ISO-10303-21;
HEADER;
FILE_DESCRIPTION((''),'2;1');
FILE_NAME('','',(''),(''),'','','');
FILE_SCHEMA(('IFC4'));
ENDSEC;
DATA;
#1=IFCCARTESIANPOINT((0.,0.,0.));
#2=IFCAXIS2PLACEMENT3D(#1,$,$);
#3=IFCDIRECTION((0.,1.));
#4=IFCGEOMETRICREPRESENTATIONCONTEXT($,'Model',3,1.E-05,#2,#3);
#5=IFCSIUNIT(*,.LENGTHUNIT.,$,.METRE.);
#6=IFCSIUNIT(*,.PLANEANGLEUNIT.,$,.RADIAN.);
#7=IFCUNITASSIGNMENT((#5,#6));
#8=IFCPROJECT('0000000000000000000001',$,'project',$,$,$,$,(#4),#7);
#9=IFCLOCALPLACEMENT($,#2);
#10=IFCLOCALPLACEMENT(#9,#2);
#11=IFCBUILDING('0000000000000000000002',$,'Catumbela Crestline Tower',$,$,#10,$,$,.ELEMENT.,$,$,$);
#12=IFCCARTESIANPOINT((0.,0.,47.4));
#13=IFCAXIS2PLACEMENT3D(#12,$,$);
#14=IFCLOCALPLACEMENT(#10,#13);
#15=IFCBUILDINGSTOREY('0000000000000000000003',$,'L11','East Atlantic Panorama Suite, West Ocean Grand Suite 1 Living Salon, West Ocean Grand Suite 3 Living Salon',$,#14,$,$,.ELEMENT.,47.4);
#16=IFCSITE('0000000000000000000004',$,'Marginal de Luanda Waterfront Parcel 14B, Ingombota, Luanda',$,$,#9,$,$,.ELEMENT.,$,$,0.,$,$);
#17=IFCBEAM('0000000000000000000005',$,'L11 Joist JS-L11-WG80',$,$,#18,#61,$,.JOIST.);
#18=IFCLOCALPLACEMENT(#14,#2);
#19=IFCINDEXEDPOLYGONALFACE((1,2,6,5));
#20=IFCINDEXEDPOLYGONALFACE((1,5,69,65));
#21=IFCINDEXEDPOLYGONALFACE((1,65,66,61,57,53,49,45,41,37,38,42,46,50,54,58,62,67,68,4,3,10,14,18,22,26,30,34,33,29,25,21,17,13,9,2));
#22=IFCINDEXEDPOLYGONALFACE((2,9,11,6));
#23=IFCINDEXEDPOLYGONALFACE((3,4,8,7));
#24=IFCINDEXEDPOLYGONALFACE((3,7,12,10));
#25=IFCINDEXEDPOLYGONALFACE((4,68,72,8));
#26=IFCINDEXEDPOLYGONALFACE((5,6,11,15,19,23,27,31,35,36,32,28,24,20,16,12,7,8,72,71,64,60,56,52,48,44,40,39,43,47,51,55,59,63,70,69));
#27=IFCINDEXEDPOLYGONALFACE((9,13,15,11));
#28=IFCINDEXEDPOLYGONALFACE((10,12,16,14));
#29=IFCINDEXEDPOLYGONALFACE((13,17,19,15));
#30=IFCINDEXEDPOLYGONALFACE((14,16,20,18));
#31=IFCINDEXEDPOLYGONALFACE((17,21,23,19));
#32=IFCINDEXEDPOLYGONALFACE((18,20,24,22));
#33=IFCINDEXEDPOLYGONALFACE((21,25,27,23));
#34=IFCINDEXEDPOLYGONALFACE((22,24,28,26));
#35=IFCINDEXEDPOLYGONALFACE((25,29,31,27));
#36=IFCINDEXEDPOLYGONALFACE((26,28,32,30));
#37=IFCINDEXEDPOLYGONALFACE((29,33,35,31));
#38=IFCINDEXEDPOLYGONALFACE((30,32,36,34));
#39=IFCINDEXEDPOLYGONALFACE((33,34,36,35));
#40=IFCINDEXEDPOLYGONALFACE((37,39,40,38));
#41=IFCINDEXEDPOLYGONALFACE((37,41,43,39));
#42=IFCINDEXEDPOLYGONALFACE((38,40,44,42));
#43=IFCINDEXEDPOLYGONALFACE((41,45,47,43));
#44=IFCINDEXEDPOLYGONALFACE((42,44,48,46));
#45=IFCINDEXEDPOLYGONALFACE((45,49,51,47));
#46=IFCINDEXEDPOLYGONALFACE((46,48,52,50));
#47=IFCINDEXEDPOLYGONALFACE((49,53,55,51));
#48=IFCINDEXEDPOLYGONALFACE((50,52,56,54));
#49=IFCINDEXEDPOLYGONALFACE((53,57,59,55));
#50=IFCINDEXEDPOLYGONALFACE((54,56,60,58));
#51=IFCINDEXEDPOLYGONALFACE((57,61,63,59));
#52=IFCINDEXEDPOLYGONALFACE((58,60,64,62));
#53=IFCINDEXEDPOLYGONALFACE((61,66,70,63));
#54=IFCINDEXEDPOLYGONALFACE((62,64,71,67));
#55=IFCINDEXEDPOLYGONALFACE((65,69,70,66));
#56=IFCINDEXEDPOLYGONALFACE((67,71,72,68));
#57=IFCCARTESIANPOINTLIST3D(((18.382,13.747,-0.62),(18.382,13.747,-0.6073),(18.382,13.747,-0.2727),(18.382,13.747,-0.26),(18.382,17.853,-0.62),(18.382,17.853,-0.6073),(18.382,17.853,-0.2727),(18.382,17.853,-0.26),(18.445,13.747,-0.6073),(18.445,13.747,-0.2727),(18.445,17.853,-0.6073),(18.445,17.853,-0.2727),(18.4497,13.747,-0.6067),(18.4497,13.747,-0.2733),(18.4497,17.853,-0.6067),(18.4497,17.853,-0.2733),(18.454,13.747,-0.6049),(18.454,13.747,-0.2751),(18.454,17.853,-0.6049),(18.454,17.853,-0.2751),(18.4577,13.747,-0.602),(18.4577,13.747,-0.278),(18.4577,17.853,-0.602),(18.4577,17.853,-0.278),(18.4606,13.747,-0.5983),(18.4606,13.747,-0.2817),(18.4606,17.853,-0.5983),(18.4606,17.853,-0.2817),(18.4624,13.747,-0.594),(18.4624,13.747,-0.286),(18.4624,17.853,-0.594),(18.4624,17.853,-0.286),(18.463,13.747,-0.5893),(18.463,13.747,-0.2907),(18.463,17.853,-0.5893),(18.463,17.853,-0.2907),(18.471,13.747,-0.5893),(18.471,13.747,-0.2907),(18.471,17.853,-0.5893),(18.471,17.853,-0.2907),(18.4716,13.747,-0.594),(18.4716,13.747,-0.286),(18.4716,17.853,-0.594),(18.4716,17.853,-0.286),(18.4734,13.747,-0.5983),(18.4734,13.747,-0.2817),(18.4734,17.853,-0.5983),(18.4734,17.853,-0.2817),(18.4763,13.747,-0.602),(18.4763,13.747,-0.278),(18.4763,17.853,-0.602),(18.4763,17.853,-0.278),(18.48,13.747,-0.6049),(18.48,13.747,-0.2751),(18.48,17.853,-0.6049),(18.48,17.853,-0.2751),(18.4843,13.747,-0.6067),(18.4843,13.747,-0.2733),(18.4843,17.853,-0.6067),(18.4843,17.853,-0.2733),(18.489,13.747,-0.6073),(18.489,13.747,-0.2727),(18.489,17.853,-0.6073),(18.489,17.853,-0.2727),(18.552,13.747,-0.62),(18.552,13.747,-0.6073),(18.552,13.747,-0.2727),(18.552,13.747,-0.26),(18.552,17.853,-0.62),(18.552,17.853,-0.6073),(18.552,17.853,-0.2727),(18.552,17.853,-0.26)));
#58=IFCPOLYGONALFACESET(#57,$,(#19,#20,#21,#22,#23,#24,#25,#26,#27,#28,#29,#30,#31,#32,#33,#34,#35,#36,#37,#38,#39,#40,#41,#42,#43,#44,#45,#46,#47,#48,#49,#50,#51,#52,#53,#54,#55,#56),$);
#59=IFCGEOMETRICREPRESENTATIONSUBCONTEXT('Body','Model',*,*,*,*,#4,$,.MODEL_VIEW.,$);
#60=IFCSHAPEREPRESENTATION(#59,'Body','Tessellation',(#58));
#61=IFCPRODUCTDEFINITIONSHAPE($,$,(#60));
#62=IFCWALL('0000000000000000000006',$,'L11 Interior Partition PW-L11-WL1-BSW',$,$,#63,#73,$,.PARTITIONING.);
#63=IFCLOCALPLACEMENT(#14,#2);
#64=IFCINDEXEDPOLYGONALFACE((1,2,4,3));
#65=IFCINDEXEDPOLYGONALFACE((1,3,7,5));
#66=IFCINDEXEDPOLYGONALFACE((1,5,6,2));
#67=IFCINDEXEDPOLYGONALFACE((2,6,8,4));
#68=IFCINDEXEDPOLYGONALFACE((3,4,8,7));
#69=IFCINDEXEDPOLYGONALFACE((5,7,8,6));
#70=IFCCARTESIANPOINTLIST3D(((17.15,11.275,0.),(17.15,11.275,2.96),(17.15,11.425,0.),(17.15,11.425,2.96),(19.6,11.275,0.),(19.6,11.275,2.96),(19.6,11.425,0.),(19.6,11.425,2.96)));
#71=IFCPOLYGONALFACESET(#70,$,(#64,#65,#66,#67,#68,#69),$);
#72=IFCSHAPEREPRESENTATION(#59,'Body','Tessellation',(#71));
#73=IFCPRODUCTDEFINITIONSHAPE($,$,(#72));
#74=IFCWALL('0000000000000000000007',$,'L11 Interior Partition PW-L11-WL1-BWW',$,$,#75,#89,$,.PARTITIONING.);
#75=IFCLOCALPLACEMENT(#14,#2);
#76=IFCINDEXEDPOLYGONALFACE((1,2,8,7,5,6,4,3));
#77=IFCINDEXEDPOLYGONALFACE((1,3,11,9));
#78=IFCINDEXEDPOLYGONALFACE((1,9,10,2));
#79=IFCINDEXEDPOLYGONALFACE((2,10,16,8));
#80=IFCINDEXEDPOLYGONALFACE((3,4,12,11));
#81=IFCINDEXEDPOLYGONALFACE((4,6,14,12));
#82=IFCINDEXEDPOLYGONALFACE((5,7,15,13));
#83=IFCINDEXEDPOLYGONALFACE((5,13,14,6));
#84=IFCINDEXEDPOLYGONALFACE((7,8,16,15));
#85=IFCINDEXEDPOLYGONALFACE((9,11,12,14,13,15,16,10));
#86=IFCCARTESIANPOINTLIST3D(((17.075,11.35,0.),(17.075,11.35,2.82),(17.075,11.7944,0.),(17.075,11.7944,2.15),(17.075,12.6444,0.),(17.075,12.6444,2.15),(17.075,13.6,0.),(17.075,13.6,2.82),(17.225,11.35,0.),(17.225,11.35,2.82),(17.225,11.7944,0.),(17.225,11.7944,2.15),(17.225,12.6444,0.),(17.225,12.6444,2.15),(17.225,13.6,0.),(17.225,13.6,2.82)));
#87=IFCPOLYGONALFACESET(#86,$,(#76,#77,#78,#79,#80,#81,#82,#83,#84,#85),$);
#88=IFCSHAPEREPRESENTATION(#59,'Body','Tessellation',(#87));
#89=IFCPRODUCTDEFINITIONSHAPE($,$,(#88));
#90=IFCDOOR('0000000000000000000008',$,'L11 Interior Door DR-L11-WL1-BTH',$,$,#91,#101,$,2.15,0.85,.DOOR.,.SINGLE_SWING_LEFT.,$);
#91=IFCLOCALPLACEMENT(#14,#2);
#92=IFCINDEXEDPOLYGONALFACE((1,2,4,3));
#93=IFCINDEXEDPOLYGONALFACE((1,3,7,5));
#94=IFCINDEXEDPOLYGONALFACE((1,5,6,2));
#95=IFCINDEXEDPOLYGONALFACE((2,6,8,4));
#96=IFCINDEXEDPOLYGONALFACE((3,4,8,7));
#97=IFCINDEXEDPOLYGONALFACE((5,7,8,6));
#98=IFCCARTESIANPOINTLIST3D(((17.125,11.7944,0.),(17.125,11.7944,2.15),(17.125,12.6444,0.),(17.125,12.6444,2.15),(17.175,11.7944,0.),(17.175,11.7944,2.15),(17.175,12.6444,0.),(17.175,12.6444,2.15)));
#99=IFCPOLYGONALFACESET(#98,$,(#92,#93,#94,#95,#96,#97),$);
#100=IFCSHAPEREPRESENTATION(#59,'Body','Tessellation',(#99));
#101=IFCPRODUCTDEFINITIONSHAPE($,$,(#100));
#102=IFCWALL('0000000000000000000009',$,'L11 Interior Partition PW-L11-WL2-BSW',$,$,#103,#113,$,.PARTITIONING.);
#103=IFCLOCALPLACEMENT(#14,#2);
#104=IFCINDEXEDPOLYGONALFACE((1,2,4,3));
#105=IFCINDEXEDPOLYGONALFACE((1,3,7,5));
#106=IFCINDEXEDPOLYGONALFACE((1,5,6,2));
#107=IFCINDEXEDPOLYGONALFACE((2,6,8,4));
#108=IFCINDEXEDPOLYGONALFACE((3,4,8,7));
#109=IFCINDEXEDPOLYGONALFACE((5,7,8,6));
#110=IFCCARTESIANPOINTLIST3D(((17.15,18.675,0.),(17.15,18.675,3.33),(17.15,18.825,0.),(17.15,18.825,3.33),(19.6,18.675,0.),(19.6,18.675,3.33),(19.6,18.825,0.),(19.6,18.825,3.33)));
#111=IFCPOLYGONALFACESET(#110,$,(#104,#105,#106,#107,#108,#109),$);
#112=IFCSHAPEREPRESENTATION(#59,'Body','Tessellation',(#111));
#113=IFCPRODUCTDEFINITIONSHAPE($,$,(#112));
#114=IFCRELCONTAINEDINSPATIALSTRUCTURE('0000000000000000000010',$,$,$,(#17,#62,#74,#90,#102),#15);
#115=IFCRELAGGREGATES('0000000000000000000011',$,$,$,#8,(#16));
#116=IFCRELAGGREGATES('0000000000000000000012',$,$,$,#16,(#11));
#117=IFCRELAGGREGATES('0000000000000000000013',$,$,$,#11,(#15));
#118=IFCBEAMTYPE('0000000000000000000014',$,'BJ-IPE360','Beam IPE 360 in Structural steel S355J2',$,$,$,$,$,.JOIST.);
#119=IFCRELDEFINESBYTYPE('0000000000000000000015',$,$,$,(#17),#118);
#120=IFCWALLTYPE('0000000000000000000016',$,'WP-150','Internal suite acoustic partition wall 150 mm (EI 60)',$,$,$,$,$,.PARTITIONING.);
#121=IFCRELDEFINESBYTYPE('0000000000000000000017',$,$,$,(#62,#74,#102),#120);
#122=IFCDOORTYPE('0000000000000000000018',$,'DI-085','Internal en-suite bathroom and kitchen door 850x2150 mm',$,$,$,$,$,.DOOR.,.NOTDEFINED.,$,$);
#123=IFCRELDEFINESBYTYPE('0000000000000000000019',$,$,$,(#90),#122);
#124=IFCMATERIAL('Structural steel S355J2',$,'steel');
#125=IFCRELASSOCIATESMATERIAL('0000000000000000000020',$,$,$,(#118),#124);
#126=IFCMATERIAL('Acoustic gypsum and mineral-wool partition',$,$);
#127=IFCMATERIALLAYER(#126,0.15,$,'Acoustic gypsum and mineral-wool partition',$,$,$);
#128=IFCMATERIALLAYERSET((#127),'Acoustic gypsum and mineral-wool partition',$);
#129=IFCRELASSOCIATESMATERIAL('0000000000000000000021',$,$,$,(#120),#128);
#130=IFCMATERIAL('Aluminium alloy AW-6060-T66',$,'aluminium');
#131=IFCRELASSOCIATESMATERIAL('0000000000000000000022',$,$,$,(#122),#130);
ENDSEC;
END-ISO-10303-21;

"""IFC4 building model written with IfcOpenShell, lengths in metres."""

from ifc_helpers import new_model, si_unit, direction, frame, frame_2d, origin, origin_2d, place, context, subcontext, project, spatial, rectangle, i_section, extrude, material, layer, layer_set, material_profile, profile_set, type_object, element, fill, save


model = new_model("IFC4")

# Units and contexts
model_context = context("Model", 3, precision=1e-05, world=origin(), true_north=direction((0.0, 1.0)))
body_context = subcontext(model_context, "Body", "Model", "MODEL_VIEW")
ifc_project = project(units=[si_unit("LENGTHUNIT", "METRE"), si_unit("PLANEANGLEUNIT", "RADIAN")], contexts=[model_context])

# Site, building, storey
site_placement = place(None, origin())
site = spatial("IfcSite", under=ifc_project, at=site_placement, Name="Marginal de Luanda Waterfront Parcel 14B, Ingombota, Luanda", CompositionType="ELEMENT", RefElevation=0.0)
building_placement = place(site_placement, origin())
building = spatial("IfcBuilding", under=site, at=building_placement, Name="Catumbela Crestline Tower", CompositionType="ELEMENT")
storey_placement = place(building_placement, frame((0.0, 0.0, 47.4)))
storey = spatial("IfcBuildingStorey", under=building, at=storey_placement, Name="L11", Description="East Atlantic Panorama Suite, West Ocean Grand Suite 1 Living Salon, West Ocean Grand Suite 3 Living Salon", CompositionType="ELEMENT", Elevation=47.4)

# Beam
ifc_material_1 = material(Name="Structural steel S355J2", Category="steel")
ifc_material_profile_1 = material_profile(ifc_material_1, i_section(OverallWidth=0.17, OverallDepth=0.36, WebThickness=0.008, FlangeThickness=0.0127, FilletRadius=0.018, at=origin_2d()), Name="IPE 360")
ifc_profile_set_1 = profile_set([ifc_material_profile_1], Name="Structural steel S355J2")
beam_type_1 = type_object("IfcBeamType", Name="BJ-IPE360", Description="Beam IPE 360 in Structural steel S355J2", PredefinedType="JOIST", material=ifc_profile_set_1)
for number, where, z_axis, x_axis, name in (
    (1, (18.467, 13.747, -0.44), (0.0, 1.0, 0.0), (-1.0, 0.0, 0.0), "L11 Joist JS-L11-WG80"),
):
    element("IfcBeam", number, at=place(storey_placement, frame(where, z_axis=z_axis, x_axis=x_axis)), inside=storey, type_object=beam_type_1, Name=name, PredefinedType="JOIST", context=body_context, shape_type="SweptSolid", body=[
        extrude(i_section(OverallWidth=0.17, OverallDepth=0.36, WebThickness=0.008, FlangeThickness=0.0127, FilletRadius=0.018, at=origin_2d()), origin(), (0.0, 0.0, 1.0), 4.106),
    ])

# Wall
ifc_material_2 = material(Name="Acoustic gypsum and mineral-wool partition")
ifc_layer = layer(ifc_material_2, 0.15, Name="Acoustic gypsum and mineral-wool partition")
ifc_layer_set = layer_set([ifc_layer], Name="Acoustic gypsum and mineral-wool partition")
wall_type = type_object("IfcWallType", Name="WP-150", Description="Internal suite acoustic partition wall 150 mm (EI 60)", PredefinedType="PARTITIONING", material=ifc_layer_set)
wall_1_placement = place(storey_placement, frame((17.15, 11.35, 0.0), z_axis=(0.0, 0.0, 1.0), x_axis=(1.0, 0.0, 0.0)))
element("IfcWall", 2, at=wall_1_placement, inside=storey, type_object=wall_type, Name="L11 Interior Partition PW-L11-WL1-BSW", PredefinedType="PARTITIONING", context=body_context, shape_type="SweptSolid", body=[
    extrude(rectangle(XDim=2.45, YDim=0.15, at=frame_2d((1.225, 0.0))), origin(), (0.0, 0.0, 1.0), 2.96),
])

# Wall, opening, door
wall_2_placement = place(storey_placement, frame((17.15, 11.35, 0.0), z_axis=(0.0, 0.0, 1.0), x_axis=(0.0, 1.0, 0.0)))
wall_2 = element("IfcWall", 3, at=wall_2_placement, inside=storey, type_object=wall_type, Name="L11 Interior Partition PW-L11-WL1-BWW", PredefinedType="PARTITIONING", context=body_context, shape_type="SweptSolid", body=[
    extrude(rectangle(XDim=2.25, YDim=0.15, at=frame_2d((1.125, 0.0))), origin(), (0.0, 0.0, 1.0), 2.82),
])
opening_placement = place(wall_2_placement, frame((0.4444, 0.0, 0.0)))
opening = element("IfcOpeningElement", 4, at=opening_placement, cuts=wall_2, PredefinedType="OPENING", context=body_context, shape_type="SweptSolid", body=[
    extrude(rectangle(XDim=0.85, YDim=2.15, at=frame_2d((0.425, 1.075))), frame((0.0, 0.085, 0.0), z_axis=(0.0, -1.0, 0.0), x_axis=(1.0, 0.0, 0.0)), (0.0, 0.0, 1.0), 0.17),
])
ifc_material_3 = material(Name="Aluminium alloy AW-6060-T66", Category="aluminium")
door_type = type_object("IfcDoorType", Name="DI-085", Description="Internal en-suite bathroom and kitchen door 850x2150 mm", OperationType="NOTDEFINED", PredefinedType="DOOR", material=ifc_material_3)
door_placement = place(opening_placement, origin())
door = element("IfcDoor", 5, at=door_placement, inside=storey, type_object=door_type, Name="L11 Interior Door DR-L11-WL1-BTH", OperationType="SINGLE_SWING_LEFT", OverallHeight=2.15, OverallWidth=0.85, PredefinedType="DOOR", context=body_context, shape_type="SweptSolid", body=[
    extrude(rectangle(XDim=0.85, YDim=2.15, at=frame_2d((0.425, 1.075))), frame((0.0, 0.025, 0.0), z_axis=(0.0, -1.0, 0.0), x_axis=(1.0, 0.0, 0.0)), (0.0, 0.0, 1.0), 0.05),
])
fill(opening, door)

# Wall
wall_3_placement = place(storey_placement, frame((17.15, 18.75, 0.0), z_axis=(0.0, 0.0, 1.0), x_axis=(1.0, 0.0, 0.0)))
element("IfcWall", 6, at=wall_3_placement, inside=storey, type_object=wall_type, Name="L11 Interior Partition PW-L11-WL2-BSW", PredefinedType="PARTITIONING", context=body_context, shape_type="SweptSolid", body=[
    extrude(rectangle(XDim=2.45, YDim=0.15, at=frame_2d((1.225, 0.0))), origin(), (0.0, 0.0, 1.0), 3.33),
])

save(model, "model.ifc")
